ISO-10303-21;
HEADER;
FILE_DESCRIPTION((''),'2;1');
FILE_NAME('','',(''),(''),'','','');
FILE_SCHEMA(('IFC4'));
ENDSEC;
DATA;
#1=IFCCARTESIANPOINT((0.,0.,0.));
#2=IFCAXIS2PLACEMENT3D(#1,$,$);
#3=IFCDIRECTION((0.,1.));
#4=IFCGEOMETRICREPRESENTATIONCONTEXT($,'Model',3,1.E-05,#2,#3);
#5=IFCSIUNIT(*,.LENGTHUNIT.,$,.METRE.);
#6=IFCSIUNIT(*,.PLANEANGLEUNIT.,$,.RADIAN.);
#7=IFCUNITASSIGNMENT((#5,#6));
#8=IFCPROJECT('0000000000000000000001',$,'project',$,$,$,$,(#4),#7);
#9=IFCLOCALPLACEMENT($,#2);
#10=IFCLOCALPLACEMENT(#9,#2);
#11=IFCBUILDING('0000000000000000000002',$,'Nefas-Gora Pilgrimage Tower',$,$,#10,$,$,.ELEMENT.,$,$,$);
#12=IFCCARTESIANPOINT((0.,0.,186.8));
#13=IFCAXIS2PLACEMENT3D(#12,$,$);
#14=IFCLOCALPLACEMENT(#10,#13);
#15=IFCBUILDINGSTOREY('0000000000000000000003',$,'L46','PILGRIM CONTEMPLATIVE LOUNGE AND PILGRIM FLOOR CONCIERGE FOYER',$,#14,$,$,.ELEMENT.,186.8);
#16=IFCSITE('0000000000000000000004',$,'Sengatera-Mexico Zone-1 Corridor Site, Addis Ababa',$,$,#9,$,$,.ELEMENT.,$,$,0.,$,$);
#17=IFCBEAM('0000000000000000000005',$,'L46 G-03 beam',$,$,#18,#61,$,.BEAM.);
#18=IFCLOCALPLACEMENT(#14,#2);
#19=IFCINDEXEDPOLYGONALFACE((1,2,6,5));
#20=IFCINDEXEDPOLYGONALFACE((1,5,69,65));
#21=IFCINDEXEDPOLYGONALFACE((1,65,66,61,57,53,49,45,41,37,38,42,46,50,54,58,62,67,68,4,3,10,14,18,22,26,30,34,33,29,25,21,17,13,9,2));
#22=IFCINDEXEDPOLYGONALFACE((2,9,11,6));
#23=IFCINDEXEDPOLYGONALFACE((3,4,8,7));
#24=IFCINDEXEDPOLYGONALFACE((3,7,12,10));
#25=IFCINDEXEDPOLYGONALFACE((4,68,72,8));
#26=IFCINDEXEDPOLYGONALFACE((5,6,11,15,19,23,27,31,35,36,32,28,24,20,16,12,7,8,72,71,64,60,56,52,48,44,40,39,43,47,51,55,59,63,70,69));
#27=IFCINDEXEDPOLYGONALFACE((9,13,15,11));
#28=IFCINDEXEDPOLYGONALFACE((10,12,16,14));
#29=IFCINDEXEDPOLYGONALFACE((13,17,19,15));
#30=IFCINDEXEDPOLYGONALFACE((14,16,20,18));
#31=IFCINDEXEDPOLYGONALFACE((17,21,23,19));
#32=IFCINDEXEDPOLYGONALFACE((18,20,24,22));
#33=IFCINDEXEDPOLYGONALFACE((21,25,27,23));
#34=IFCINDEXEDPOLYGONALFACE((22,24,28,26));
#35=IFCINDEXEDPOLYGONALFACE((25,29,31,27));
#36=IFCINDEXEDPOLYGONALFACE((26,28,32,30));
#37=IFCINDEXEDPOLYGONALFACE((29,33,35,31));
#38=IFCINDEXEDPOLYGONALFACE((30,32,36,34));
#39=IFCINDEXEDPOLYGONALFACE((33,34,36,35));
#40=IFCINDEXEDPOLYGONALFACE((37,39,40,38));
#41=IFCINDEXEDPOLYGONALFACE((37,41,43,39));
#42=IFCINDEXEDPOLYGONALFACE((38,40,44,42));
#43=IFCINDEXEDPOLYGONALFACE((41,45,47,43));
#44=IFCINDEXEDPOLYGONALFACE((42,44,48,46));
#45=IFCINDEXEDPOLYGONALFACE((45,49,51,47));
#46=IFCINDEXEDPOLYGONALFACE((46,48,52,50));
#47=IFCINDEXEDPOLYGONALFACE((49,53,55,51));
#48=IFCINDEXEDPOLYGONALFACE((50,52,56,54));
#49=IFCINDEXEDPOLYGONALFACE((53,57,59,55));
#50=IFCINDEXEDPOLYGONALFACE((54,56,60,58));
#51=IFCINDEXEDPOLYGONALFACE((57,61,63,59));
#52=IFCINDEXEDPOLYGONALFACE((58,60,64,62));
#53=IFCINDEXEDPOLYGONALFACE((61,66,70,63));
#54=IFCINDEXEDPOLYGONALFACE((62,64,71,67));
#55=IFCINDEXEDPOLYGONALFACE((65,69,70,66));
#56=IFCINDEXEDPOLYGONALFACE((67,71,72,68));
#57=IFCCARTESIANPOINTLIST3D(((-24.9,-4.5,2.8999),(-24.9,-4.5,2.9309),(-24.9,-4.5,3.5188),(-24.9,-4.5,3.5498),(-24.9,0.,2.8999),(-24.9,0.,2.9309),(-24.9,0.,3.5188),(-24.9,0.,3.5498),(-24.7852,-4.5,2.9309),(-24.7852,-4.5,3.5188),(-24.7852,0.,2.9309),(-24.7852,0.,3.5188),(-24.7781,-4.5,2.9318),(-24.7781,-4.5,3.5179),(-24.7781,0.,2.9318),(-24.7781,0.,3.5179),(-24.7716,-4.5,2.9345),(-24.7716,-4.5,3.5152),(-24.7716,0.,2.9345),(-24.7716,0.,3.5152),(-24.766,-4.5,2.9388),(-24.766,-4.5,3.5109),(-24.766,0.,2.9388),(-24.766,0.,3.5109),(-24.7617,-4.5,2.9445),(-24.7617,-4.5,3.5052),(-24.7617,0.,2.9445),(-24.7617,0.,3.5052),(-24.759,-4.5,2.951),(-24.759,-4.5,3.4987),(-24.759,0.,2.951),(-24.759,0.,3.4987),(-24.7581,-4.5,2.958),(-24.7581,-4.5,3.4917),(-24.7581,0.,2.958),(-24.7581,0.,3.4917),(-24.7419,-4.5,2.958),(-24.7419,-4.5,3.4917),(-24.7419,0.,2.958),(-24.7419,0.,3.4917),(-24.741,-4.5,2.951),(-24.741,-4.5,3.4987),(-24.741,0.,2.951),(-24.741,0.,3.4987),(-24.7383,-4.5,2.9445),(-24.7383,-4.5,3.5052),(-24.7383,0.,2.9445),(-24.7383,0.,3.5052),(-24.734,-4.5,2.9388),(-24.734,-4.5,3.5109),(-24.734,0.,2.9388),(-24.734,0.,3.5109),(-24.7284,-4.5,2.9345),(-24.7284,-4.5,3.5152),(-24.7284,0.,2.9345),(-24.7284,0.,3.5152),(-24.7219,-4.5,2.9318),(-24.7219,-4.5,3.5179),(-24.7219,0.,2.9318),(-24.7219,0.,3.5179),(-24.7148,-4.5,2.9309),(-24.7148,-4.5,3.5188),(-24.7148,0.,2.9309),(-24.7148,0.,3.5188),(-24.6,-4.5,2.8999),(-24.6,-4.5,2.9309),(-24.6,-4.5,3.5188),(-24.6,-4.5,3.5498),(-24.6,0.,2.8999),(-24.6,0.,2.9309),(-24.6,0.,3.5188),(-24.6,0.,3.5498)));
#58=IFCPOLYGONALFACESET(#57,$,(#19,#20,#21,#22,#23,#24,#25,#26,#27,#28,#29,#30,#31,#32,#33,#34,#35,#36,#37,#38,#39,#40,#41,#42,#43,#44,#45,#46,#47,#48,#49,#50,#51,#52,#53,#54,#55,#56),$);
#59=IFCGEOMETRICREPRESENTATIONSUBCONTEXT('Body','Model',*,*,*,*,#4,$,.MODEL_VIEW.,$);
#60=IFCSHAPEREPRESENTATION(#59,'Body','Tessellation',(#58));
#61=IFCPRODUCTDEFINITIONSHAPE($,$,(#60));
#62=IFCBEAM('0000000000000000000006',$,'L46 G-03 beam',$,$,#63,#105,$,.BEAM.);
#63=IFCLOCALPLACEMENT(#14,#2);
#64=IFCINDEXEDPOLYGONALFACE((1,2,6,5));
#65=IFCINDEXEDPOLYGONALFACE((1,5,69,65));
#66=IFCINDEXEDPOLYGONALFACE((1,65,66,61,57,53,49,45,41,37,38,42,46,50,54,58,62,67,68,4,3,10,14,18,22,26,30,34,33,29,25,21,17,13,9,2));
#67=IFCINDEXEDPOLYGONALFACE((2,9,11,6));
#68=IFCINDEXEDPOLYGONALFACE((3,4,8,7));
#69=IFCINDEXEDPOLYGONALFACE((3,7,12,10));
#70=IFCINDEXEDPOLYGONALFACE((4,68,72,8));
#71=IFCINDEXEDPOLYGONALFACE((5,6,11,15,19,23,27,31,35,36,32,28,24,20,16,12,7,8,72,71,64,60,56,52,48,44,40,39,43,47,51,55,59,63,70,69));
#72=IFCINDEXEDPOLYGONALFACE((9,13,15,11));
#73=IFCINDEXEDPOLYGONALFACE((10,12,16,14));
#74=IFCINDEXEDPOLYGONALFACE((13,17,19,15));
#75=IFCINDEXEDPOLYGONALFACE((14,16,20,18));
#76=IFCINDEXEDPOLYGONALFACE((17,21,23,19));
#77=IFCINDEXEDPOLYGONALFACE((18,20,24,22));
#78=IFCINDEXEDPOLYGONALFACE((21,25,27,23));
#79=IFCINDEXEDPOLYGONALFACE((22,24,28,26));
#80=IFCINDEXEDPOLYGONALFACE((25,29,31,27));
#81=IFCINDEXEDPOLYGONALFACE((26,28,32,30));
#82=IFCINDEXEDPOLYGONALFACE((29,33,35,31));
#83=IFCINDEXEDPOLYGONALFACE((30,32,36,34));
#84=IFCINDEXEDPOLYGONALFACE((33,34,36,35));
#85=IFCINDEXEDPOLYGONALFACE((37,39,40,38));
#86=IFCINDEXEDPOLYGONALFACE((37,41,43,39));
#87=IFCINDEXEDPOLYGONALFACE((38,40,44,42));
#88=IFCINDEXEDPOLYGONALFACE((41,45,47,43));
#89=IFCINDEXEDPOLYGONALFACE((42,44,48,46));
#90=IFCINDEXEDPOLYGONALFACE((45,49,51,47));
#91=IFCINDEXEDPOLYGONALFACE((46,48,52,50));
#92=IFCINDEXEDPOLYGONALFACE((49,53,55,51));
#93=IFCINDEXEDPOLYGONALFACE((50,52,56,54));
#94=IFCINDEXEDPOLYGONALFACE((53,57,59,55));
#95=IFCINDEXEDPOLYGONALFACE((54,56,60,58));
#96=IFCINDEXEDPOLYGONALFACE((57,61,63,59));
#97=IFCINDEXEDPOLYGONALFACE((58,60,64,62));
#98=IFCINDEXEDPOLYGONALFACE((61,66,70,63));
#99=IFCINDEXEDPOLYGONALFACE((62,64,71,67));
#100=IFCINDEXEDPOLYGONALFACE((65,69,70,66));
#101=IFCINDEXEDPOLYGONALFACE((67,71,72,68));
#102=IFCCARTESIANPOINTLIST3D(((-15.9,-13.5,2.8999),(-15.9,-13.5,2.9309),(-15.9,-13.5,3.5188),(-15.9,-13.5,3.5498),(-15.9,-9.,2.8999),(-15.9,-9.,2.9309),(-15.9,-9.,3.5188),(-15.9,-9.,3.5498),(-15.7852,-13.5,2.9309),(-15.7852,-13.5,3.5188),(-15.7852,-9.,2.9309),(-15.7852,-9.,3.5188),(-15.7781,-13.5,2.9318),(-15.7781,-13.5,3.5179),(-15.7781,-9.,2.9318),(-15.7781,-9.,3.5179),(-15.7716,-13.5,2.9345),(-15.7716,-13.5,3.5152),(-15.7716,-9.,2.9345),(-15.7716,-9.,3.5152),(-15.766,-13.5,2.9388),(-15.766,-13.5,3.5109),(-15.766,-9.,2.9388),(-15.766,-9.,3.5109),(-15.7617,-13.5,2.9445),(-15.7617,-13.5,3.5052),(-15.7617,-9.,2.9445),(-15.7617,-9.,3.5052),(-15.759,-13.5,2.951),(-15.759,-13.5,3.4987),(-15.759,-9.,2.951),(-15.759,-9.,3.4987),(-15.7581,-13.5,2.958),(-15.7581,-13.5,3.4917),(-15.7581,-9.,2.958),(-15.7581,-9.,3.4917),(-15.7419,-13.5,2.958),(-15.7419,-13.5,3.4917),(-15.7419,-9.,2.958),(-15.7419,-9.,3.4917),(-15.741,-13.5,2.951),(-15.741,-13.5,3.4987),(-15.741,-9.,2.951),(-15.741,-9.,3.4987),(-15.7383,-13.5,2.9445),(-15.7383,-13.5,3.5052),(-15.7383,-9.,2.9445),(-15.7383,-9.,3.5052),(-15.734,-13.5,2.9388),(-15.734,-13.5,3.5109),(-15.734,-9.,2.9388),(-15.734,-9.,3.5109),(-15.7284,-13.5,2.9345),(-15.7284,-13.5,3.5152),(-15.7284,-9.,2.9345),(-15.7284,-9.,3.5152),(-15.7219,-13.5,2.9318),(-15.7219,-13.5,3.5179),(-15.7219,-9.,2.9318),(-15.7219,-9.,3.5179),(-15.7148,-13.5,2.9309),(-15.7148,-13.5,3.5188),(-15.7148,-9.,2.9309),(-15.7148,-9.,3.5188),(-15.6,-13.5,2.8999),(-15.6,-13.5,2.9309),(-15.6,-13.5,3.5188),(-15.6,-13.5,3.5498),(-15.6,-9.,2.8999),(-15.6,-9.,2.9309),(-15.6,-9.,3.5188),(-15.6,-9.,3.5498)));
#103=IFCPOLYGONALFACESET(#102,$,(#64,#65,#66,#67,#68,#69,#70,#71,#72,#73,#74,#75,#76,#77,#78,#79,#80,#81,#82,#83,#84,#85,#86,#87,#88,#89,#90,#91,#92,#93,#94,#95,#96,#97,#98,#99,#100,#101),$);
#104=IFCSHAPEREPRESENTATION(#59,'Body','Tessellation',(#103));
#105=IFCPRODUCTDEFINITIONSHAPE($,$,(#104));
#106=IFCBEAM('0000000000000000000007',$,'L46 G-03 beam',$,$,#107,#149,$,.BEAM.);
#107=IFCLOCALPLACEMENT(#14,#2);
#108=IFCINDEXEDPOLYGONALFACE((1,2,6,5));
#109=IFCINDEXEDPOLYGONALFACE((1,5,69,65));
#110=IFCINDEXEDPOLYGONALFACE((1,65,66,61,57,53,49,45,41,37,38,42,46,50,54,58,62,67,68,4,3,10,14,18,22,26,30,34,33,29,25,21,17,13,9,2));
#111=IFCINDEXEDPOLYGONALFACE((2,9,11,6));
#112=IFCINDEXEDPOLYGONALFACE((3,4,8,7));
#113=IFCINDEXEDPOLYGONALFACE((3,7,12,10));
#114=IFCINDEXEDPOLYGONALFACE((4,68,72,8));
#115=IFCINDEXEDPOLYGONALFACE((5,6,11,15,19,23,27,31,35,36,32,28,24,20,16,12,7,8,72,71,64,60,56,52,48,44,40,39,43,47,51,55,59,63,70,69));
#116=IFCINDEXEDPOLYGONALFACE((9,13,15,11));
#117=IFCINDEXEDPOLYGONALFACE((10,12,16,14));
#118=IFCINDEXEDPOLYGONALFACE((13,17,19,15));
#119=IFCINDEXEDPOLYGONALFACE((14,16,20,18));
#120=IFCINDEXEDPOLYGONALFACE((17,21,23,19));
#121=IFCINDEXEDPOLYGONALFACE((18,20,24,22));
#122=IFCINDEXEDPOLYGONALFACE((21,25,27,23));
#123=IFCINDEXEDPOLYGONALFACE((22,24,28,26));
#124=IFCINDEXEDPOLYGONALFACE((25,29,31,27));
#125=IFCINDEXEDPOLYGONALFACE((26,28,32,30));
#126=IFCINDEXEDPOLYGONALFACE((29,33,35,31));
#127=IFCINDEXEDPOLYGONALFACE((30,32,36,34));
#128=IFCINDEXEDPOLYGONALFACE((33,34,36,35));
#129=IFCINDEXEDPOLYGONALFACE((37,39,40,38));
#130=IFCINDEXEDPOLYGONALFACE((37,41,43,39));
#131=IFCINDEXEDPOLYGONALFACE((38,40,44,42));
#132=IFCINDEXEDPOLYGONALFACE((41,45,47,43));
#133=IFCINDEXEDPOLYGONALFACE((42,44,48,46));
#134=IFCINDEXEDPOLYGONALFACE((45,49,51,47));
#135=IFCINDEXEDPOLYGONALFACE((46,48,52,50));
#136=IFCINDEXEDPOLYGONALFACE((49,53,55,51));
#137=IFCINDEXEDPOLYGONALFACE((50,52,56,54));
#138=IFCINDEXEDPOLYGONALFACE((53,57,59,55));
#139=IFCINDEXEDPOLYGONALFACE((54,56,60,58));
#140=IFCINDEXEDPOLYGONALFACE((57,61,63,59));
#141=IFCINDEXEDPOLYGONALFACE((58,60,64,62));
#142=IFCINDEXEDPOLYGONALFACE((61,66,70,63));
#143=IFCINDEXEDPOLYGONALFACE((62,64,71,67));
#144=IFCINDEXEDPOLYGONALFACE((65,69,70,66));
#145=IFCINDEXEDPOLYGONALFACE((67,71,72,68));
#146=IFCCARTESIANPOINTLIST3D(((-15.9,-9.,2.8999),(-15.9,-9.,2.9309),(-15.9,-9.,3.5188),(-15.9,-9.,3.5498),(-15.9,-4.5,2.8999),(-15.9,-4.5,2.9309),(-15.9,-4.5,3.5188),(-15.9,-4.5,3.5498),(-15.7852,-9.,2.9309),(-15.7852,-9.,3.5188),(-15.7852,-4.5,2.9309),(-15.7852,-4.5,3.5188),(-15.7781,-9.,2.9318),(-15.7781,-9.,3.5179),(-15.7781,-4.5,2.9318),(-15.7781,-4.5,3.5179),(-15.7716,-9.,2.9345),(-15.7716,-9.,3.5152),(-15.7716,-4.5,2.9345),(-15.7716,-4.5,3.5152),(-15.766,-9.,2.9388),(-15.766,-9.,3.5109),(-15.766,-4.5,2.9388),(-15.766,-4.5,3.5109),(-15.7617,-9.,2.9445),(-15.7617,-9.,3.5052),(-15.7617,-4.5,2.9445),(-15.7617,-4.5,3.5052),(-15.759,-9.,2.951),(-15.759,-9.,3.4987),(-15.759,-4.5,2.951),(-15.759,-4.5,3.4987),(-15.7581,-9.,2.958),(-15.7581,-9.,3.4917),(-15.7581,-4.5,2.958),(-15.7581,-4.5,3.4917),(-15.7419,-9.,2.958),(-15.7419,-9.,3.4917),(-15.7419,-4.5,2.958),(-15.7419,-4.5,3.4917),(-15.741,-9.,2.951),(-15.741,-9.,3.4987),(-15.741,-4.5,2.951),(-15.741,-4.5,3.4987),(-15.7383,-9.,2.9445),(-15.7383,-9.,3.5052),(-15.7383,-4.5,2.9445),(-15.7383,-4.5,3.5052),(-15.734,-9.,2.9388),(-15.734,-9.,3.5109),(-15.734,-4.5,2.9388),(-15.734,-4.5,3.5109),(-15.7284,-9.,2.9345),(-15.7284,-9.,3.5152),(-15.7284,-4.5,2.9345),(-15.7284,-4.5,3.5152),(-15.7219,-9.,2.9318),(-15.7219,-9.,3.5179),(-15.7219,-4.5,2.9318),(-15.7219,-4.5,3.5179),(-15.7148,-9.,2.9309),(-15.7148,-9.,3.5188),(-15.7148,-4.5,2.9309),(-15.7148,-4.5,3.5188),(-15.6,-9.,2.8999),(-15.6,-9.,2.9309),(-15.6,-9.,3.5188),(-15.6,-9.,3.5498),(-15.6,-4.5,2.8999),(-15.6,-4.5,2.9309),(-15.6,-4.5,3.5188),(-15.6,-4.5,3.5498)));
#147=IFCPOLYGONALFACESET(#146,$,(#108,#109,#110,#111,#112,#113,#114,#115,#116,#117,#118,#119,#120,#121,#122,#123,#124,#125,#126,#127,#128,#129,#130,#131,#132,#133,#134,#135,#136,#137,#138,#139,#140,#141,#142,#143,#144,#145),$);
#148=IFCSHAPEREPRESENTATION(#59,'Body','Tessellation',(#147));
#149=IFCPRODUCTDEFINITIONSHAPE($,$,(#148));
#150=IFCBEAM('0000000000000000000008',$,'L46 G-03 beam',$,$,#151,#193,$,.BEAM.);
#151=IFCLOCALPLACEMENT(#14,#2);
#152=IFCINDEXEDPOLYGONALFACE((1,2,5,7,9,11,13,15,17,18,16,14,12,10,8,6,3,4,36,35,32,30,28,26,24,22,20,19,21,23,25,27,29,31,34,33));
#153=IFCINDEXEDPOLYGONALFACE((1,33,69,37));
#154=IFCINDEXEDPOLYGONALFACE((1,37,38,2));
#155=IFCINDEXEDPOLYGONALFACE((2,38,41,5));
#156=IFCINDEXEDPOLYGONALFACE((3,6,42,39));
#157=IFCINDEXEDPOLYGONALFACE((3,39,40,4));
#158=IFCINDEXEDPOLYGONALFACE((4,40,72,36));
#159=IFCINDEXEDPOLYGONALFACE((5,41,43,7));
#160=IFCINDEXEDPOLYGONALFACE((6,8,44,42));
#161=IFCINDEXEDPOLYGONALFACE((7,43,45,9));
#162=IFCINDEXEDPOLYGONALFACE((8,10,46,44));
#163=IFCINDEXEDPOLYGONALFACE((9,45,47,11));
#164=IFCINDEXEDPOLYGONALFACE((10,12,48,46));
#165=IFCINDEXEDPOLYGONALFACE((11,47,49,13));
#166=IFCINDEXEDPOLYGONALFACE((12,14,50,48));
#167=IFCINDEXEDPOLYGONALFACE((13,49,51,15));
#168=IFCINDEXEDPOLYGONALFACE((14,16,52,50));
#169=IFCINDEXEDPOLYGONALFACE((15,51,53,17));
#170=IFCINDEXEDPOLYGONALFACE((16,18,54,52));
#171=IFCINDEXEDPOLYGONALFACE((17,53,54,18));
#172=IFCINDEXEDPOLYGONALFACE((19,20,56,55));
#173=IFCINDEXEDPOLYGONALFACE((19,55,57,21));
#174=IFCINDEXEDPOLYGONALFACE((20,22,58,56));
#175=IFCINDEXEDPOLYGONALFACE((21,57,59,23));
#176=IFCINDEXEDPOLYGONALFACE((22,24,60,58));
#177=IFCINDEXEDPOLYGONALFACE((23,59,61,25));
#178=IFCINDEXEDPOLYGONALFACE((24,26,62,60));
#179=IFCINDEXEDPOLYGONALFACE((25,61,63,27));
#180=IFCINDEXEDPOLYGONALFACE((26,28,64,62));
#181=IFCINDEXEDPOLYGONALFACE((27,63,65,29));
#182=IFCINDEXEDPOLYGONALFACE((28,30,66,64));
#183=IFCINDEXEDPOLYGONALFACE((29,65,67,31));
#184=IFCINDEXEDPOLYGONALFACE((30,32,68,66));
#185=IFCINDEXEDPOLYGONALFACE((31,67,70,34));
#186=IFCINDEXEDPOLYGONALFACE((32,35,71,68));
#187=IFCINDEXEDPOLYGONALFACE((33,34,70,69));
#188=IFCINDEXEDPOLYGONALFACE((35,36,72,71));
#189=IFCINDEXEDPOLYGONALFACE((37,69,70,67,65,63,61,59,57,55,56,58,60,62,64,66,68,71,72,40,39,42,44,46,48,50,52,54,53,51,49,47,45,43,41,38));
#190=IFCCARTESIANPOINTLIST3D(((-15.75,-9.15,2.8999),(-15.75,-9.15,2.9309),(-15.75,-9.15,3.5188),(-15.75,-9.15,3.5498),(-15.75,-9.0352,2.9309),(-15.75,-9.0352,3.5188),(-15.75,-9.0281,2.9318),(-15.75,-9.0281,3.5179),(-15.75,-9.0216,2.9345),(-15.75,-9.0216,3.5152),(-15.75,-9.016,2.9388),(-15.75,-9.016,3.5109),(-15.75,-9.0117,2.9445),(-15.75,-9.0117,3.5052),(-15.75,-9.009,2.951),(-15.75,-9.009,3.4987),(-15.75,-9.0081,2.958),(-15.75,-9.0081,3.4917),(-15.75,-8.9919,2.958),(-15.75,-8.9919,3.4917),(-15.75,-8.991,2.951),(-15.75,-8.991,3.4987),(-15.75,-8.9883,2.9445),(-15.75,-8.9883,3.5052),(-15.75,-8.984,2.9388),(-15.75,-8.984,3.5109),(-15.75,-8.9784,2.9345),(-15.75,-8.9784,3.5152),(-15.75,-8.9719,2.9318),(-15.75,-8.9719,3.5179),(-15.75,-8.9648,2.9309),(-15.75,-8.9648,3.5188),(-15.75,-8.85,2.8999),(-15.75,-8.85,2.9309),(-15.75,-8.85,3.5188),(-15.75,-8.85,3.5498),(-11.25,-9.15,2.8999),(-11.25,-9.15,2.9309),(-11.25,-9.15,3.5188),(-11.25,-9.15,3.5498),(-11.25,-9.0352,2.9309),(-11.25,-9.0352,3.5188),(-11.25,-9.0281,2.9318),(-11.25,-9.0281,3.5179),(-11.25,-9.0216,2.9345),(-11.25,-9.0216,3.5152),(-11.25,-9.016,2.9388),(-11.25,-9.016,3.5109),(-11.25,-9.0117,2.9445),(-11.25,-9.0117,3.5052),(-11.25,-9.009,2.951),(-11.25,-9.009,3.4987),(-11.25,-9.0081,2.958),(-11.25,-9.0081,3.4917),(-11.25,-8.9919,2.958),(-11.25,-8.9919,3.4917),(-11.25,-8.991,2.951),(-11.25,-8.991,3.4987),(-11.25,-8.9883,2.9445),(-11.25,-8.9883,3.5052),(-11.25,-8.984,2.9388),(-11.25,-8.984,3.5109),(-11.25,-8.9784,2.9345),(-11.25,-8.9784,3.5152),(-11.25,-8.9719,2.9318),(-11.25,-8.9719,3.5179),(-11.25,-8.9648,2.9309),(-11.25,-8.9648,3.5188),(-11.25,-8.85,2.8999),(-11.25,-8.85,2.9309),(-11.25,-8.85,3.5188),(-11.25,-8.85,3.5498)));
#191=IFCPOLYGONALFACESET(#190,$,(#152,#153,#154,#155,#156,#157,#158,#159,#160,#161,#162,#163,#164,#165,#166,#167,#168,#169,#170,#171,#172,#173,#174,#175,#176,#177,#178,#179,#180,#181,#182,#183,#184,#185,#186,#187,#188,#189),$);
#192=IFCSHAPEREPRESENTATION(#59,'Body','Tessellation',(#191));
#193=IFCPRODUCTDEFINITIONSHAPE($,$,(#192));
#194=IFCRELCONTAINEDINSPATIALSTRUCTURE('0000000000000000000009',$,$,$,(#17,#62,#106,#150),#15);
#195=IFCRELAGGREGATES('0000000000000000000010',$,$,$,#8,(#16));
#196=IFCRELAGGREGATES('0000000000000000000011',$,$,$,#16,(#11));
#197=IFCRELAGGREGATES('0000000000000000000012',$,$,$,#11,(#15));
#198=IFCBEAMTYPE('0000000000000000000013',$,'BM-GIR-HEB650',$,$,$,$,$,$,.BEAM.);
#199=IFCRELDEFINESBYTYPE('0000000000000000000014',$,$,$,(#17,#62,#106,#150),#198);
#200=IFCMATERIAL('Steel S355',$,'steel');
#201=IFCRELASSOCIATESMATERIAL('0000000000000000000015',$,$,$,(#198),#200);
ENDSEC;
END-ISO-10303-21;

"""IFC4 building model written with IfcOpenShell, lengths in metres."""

from ifc_helpers import new_model, si_unit, direction, frame, origin, origin_2d, place, context, subcontext, project, spatial, i_section, extrude, source, transform, mapped, material, material_profile, profile_set, type_object, element, save


model = new_model("IFC4")

# Units and contexts
model_context = context("Model", 3, precision=1e-05, world=origin(), true_north=direction((0.0, 1.0)))
body_context = subcontext(model_context, "Body", "Model", "MODEL_VIEW")
ifc_project = project(units=[si_unit("LENGTHUNIT", "METRE"), si_unit("PLANEANGLEUNIT", "RADIAN")], contexts=[model_context])

# Site, building, storey
site_placement = place(None, origin())
site = spatial("IfcSite", under=ifc_project, at=site_placement, Name="Sengatera-Mexico Zone-1 Corridor Site, Addis Ababa", CompositionType="ELEMENT", RefElevation=0.0)
building_placement = place(site_placement, origin())
building = spatial("IfcBuilding", under=site, at=building_placement, Name="Nefas-Gora Pilgrimage Tower", CompositionType="ELEMENT")
storey_placement = place(building_placement, frame((0.0, 0.0, 186.8)))
storey = spatial("IfcBuildingStorey", under=building, at=storey_placement, Name="L46", Description="PILGRIM CONTEMPLATIVE LOUNGE AND PILGRIM FLOOR CONCIERGE FOYER", CompositionType="ELEMENT", Elevation=186.8)

# Beams
ifc_material_1 = material(Name="Steel S355", Category="steel")
ifc_material_profile_1 = material_profile(ifc_material_1, i_section(OverallWidth=0.3, OverallDepth=0.6499, WebThickness=0.0161, FlangeThickness=0.031, FilletRadius=0.0271, at=origin_2d()), Name="HEB 650")
ifc_profile_set_1 = profile_set([ifc_material_profile_1], Name="Steel S355")
beam_type_1 = type_object("IfcBeamType", Name="BM-GIR-HEB650", PredefinedType="BEAM", material=ifc_profile_set_1)
shared_shape_1 = source(origin(), body_context, "Body", "SweptSolid", [
    extrude(i_section(OverallWidth=0.3, OverallDepth=0.6499, WebThickness=0.0161, FlangeThickness=0.031, FilletRadius=0.0271, at=origin_2d()), origin(), (0.0, 0.0, 1.0), 4.5),
])
for number, where, z_axis, x_axis, name in (
    (1, (-24.75, -4.5, 3.2249), (0.0, 1.0, 0.0), (-1.0, 0.0, 0.0), "L46 G-03 beam"),
    (2, (-15.75, -13.5, 3.2249), (0.0, 1.0, 0.0), (-1.0, 0.0, 0.0), "L46 G-03 beam"),
    (3, (-15.75, -9.0, 3.2249), (0.0, 1.0, 0.0), (-1.0, 0.0, 0.0), "L46 G-03 beam"),
    (4, (-15.75, -9.0, 3.2249), (1.0, 0.0, 0.0), (0.0, 1.0, 0.0), "L46 G-03 beam"),
):
    element("IfcBeam", number, at=place(storey_placement, frame(where, z_axis=z_axis, x_axis=x_axis)), inside=storey, type_object=beam_type_1, Name=name, PredefinedType="BEAM", context=body_context, shape_type="MappedRepresentation", body=[
        mapped(shared_shape_1, transform((0.0, 0.0, 0.0), x_axis=(1.0, 0.0, 0.0), y_axis=(0.0, 1.0, 0.0), z_axis=(0.0, 0.0, 1.0), scale=1.0)),
    ])

save(model, "model.ifc")
